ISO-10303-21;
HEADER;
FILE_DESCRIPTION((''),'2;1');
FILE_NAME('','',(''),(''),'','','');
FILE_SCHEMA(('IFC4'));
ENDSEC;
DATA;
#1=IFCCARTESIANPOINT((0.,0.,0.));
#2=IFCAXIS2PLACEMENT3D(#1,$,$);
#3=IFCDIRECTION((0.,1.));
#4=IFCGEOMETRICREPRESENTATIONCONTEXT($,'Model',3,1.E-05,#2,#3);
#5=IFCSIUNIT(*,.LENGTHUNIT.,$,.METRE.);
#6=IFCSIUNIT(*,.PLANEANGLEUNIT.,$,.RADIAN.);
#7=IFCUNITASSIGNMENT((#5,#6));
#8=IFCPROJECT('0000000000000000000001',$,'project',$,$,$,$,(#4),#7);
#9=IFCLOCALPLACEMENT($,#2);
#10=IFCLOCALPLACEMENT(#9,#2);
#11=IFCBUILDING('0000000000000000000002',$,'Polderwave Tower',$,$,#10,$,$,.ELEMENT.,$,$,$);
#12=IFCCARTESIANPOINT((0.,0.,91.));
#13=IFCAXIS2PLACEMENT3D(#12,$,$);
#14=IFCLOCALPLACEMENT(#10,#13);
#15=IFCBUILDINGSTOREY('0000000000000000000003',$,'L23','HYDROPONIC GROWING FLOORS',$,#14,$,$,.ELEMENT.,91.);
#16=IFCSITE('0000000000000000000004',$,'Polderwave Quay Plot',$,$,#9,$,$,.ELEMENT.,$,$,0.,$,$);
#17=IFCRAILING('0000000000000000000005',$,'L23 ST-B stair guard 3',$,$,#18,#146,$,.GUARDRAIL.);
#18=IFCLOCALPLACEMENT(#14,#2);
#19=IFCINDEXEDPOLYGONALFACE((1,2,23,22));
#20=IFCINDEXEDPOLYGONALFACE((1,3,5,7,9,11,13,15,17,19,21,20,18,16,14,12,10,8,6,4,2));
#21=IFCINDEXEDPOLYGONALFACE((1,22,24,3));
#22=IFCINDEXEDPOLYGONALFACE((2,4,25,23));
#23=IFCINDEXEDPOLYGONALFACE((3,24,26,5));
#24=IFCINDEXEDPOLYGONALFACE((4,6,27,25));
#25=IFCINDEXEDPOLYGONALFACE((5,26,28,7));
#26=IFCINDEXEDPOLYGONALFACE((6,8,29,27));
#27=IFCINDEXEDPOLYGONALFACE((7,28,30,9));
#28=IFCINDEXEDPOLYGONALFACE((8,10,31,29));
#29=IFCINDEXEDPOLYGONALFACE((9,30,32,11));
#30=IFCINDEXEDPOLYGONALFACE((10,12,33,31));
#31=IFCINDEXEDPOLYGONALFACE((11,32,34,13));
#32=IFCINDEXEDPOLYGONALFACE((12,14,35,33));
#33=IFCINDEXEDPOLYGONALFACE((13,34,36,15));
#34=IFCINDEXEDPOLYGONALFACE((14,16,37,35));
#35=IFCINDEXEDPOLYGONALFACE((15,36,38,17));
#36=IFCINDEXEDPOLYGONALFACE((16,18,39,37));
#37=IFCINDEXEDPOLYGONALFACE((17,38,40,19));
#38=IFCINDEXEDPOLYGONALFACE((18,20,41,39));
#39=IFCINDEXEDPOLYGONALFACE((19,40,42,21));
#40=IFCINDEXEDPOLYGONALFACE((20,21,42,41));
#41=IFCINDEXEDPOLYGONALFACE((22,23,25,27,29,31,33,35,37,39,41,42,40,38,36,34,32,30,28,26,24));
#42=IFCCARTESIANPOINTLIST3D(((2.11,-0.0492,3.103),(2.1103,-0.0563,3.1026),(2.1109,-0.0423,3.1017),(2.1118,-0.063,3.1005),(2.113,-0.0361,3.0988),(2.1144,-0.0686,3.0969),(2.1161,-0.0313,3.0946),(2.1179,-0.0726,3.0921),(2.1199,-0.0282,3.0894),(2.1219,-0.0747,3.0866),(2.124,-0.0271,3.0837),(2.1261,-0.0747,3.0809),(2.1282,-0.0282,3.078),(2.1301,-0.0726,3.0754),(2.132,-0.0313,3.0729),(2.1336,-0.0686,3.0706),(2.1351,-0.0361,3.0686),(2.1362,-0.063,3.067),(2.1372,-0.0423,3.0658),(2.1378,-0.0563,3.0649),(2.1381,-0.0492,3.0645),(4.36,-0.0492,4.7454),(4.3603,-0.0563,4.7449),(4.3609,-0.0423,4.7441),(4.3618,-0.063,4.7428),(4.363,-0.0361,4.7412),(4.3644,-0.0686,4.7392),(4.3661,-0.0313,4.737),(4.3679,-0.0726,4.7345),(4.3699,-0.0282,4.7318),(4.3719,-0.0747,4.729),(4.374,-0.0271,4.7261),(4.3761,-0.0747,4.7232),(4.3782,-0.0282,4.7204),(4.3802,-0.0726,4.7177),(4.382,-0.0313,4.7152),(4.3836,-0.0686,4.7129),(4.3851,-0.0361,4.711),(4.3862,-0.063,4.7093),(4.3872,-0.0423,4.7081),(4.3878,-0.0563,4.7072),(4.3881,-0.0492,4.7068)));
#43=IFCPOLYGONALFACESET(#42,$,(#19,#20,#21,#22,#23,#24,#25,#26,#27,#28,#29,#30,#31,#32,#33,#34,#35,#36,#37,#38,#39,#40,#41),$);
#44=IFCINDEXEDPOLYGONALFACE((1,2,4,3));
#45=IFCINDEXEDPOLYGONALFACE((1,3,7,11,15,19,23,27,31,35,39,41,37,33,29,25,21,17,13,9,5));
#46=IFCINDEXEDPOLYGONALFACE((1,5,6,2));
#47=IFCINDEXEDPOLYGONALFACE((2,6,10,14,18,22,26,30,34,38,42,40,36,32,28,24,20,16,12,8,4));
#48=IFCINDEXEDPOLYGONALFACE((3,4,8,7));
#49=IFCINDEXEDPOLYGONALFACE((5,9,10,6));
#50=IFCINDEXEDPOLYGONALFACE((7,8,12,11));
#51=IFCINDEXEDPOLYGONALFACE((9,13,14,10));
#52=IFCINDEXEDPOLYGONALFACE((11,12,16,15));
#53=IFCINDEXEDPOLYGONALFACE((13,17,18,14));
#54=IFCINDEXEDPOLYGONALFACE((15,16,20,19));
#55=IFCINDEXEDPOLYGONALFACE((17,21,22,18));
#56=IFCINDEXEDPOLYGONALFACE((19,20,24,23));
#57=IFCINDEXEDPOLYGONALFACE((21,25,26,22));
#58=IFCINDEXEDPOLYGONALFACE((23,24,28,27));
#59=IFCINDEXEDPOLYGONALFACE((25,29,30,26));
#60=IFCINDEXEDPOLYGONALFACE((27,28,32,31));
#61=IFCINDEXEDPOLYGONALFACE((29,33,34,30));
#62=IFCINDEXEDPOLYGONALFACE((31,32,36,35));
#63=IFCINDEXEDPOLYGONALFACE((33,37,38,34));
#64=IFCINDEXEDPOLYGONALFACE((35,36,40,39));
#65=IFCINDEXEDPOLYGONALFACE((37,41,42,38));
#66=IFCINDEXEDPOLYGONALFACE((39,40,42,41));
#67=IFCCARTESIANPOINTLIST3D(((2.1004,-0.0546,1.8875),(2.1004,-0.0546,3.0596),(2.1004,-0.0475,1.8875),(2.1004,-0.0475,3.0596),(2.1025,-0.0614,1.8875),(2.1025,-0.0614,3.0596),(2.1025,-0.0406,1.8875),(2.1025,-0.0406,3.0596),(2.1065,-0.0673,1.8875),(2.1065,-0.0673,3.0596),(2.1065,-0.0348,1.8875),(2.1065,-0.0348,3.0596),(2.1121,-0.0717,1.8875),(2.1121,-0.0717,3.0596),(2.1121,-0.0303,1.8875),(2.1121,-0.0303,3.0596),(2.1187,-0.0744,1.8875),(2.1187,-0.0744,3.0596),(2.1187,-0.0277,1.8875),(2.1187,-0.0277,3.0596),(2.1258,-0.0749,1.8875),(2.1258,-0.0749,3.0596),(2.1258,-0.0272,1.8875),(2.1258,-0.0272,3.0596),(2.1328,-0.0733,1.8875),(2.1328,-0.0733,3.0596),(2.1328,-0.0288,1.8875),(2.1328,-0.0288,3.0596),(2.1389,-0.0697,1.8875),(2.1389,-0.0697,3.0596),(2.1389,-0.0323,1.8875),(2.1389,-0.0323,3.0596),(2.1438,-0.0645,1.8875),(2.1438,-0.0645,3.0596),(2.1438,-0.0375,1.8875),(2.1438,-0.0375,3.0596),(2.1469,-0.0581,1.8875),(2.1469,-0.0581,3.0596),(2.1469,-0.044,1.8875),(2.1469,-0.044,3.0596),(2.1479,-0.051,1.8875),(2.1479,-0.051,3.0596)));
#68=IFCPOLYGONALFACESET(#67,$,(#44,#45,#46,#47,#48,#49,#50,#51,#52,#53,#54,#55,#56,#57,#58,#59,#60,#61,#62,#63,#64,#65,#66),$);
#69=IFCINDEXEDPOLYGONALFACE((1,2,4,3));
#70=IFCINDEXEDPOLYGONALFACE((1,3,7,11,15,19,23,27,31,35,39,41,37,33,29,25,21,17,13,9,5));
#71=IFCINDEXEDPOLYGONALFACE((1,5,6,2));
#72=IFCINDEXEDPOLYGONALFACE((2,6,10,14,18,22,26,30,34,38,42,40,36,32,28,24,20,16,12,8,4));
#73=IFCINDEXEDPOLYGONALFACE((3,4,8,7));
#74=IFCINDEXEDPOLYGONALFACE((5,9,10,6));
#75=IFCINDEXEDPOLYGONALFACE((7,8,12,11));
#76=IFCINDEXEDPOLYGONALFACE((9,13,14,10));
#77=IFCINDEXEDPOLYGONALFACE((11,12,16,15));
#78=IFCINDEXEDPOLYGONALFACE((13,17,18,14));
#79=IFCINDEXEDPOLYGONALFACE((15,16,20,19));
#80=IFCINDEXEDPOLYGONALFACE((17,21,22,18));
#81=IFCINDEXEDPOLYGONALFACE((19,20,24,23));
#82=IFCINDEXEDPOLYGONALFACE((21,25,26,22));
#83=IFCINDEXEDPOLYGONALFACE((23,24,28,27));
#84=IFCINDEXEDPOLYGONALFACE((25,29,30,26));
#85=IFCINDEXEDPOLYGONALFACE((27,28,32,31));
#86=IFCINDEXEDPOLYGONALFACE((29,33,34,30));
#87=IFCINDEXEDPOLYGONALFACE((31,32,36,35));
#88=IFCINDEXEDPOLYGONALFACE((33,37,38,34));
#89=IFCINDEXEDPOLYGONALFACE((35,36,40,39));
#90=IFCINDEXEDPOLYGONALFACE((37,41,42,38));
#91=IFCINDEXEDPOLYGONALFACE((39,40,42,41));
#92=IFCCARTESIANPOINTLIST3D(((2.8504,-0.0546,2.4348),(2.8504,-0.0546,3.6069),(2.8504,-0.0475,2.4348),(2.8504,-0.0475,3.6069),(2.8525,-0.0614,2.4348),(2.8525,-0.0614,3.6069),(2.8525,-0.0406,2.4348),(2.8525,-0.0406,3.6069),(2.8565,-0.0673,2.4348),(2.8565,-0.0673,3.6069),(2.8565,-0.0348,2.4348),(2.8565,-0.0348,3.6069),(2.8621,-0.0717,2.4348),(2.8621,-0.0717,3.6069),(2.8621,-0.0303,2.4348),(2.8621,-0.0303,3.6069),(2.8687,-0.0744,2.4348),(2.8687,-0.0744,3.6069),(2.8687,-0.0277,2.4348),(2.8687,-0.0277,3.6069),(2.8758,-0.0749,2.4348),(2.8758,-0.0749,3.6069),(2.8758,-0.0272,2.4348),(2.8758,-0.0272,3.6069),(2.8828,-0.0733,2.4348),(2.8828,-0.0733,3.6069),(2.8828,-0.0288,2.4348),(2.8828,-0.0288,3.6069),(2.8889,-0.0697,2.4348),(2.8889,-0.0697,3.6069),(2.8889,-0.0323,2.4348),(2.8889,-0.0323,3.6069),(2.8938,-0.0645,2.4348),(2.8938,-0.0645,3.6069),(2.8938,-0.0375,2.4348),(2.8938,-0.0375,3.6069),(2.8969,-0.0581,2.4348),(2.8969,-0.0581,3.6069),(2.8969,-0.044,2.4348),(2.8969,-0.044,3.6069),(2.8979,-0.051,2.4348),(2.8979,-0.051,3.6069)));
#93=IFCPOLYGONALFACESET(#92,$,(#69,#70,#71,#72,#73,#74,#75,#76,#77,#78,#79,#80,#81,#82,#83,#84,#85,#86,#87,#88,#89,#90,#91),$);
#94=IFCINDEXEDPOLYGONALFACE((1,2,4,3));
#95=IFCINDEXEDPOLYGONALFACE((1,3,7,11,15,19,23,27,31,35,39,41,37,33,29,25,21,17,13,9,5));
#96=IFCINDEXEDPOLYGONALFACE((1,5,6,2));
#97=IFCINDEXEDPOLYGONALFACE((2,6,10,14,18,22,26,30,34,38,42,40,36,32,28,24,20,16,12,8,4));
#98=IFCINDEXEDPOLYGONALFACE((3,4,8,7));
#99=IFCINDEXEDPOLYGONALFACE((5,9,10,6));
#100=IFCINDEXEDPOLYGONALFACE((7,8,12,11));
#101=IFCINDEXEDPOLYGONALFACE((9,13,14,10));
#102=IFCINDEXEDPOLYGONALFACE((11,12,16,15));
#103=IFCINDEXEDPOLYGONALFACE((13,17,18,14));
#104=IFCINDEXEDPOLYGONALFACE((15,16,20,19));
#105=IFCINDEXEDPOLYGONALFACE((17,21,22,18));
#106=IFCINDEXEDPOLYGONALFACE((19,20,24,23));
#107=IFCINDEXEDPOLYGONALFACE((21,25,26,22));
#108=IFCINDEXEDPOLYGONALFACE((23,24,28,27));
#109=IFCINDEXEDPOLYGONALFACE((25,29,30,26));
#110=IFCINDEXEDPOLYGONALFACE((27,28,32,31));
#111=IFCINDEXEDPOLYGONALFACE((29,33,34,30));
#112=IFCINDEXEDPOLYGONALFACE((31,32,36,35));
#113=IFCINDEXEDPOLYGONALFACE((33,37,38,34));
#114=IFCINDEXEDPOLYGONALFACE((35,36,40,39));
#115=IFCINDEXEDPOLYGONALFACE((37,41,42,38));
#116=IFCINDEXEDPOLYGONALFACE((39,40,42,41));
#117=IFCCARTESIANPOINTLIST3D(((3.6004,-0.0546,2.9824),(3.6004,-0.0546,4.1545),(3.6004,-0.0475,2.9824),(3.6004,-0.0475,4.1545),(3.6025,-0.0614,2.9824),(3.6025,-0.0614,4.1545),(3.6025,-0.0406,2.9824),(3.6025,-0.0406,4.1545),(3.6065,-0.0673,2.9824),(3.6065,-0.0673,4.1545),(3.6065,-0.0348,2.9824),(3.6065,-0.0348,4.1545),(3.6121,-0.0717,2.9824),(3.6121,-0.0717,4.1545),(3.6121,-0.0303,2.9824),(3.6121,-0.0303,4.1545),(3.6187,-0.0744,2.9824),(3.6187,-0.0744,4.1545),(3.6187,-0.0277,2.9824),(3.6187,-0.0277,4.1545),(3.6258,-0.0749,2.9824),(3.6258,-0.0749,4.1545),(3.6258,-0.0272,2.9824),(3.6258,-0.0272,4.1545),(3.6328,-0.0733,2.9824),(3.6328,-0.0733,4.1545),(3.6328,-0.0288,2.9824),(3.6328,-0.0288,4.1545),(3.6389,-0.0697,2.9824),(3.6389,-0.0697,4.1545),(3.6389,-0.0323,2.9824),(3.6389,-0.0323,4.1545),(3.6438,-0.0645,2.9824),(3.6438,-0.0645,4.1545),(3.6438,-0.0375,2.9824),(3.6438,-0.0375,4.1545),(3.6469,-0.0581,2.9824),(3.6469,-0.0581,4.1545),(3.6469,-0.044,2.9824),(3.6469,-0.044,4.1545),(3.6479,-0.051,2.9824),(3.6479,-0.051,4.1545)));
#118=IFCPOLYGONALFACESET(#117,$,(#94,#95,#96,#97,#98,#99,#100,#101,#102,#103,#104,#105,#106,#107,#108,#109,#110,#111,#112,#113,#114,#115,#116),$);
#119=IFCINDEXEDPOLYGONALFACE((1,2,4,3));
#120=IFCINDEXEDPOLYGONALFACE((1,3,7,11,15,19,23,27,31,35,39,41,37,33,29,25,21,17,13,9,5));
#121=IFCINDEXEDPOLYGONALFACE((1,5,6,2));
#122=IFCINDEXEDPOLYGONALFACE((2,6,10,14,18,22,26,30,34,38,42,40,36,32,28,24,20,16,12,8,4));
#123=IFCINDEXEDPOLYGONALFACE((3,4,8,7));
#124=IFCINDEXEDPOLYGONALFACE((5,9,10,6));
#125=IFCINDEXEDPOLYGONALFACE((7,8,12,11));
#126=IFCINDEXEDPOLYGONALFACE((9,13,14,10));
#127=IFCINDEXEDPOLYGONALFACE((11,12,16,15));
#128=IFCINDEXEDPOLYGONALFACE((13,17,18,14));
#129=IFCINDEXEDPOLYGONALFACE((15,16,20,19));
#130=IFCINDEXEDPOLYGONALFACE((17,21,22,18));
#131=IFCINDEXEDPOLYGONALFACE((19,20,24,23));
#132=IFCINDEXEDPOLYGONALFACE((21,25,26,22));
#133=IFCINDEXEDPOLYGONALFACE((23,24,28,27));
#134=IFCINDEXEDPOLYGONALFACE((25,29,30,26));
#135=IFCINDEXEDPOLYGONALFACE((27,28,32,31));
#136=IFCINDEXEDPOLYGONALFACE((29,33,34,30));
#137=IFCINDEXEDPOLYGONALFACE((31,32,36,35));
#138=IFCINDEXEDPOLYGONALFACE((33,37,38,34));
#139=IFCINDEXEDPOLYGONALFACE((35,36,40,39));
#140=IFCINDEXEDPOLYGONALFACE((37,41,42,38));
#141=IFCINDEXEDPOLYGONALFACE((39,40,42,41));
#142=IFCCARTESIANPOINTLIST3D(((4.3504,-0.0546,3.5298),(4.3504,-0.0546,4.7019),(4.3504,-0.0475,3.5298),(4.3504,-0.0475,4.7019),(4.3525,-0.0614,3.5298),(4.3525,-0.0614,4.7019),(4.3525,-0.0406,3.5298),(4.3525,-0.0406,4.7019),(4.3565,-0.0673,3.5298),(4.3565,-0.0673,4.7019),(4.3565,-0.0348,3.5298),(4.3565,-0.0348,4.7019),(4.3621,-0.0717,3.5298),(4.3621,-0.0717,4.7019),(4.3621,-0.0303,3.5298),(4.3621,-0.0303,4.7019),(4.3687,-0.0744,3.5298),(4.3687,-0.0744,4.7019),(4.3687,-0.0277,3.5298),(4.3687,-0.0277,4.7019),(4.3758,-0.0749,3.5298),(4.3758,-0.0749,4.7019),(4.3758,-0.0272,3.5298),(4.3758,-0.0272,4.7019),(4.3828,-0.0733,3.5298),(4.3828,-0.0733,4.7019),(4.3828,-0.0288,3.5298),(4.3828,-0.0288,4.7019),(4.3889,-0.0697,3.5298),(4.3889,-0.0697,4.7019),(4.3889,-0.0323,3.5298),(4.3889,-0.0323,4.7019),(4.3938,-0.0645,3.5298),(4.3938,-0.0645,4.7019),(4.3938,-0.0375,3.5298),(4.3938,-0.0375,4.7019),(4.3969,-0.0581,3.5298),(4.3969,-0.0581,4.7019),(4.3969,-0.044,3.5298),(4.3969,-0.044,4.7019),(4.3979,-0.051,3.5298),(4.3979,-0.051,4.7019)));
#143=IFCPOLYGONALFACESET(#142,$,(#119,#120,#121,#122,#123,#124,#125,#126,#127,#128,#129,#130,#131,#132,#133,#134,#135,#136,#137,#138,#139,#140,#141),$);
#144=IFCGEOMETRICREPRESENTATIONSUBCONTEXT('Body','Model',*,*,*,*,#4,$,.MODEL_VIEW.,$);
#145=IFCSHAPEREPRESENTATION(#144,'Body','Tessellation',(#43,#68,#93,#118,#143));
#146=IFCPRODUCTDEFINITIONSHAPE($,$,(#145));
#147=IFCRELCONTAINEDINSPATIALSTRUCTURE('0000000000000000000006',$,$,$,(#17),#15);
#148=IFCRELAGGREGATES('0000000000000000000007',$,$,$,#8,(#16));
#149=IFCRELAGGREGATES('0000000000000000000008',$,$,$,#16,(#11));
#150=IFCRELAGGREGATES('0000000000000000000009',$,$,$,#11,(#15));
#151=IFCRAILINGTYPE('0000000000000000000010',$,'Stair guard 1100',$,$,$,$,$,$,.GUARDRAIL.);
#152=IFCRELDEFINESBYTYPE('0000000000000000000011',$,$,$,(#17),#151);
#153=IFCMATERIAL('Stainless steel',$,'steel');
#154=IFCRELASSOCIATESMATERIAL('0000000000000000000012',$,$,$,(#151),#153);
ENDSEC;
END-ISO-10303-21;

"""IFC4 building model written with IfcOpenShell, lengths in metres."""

from ifc_helpers import new_model, si_unit, direction, frame, origin, origin_2d, place, context, subcontext, project, spatial, circle, extrude, material, type_object, element, save


model = new_model("IFC4")

# Units and contexts
model_context = context("Model", 3, precision=1e-05, world=origin(), true_north=direction((0.0, 1.0)))
body_context = subcontext(model_context, "Body", "Model", "MODEL_VIEW")
ifc_project = project(units=[si_unit("LENGTHUNIT", "METRE"), si_unit("PLANEANGLEUNIT", "RADIAN")], contexts=[model_context])

# Site, building, storey
site_placement = place(None, origin())
site = spatial("IfcSite", under=ifc_project, at=site_placement, Name="Polderwave Quay Plot", CompositionType="ELEMENT", RefElevation=0.0)
building_placement = place(site_placement, origin())
building = spatial("IfcBuilding", under=site, at=building_placement, Name="Polderwave Tower", CompositionType="ELEMENT")
storey_placement = place(building_placement, frame((0.0, 0.0, 91.0)))
storey = spatial("IfcBuildingStorey", under=building, at=storey_placement, Name="L23", Description="HYDROPONIC GROWING FLOORS", CompositionType="ELEMENT", Elevation=91.0)

# Railing
ifc_material_1 = material(Name="Stainless steel", Category="steel")
railing_type_1 = type_object("IfcRailingType", Name="Stair guard 1100", PredefinedType="GUARDRAIL", material=ifc_material_1)
railing_1_placement = place(storey_placement, frame((2.124, -0.051, 1.8875)))
element("IfcRailing", 1, at=railing_1_placement, inside=storey, type_object=railing_type_1, Name="L23 ST-B stair guard 3", PredefinedType="GUARDRAIL", context=body_context, shape_type="SweptSolid", body=[
    extrude(circle(Radius=0.0239, at=origin_2d()), frame((0.0, 0.0, 1.1963), z_axis=(0.807715, 0.0, 0.589573), x_axis=(0.0, 1.0, 0.0)), (0.0, 0.0, 1.0), 2.7856),
    extrude(circle(Radius=0.0239, at=origin_2d()), origin(), (0.0, 0.0, 1.0), 1.1721),
    extrude(circle(Radius=0.0239, at=origin_2d()), frame((0.75, 0.0, 0.5474)), (0.0, 0.0, 1.0), 1.1721),
    extrude(circle(Radius=0.0239, at=origin_2d()), frame((1.5, 0.0, 1.095)), (0.0, 0.0, 1.0), 1.1721),
    extrude(circle(Radius=0.0239, at=origin_2d()), frame((2.25, 0.0, 1.6423)), (0.0, 0.0, 1.0), 1.1721),
])

save(model, "model.ifc")
